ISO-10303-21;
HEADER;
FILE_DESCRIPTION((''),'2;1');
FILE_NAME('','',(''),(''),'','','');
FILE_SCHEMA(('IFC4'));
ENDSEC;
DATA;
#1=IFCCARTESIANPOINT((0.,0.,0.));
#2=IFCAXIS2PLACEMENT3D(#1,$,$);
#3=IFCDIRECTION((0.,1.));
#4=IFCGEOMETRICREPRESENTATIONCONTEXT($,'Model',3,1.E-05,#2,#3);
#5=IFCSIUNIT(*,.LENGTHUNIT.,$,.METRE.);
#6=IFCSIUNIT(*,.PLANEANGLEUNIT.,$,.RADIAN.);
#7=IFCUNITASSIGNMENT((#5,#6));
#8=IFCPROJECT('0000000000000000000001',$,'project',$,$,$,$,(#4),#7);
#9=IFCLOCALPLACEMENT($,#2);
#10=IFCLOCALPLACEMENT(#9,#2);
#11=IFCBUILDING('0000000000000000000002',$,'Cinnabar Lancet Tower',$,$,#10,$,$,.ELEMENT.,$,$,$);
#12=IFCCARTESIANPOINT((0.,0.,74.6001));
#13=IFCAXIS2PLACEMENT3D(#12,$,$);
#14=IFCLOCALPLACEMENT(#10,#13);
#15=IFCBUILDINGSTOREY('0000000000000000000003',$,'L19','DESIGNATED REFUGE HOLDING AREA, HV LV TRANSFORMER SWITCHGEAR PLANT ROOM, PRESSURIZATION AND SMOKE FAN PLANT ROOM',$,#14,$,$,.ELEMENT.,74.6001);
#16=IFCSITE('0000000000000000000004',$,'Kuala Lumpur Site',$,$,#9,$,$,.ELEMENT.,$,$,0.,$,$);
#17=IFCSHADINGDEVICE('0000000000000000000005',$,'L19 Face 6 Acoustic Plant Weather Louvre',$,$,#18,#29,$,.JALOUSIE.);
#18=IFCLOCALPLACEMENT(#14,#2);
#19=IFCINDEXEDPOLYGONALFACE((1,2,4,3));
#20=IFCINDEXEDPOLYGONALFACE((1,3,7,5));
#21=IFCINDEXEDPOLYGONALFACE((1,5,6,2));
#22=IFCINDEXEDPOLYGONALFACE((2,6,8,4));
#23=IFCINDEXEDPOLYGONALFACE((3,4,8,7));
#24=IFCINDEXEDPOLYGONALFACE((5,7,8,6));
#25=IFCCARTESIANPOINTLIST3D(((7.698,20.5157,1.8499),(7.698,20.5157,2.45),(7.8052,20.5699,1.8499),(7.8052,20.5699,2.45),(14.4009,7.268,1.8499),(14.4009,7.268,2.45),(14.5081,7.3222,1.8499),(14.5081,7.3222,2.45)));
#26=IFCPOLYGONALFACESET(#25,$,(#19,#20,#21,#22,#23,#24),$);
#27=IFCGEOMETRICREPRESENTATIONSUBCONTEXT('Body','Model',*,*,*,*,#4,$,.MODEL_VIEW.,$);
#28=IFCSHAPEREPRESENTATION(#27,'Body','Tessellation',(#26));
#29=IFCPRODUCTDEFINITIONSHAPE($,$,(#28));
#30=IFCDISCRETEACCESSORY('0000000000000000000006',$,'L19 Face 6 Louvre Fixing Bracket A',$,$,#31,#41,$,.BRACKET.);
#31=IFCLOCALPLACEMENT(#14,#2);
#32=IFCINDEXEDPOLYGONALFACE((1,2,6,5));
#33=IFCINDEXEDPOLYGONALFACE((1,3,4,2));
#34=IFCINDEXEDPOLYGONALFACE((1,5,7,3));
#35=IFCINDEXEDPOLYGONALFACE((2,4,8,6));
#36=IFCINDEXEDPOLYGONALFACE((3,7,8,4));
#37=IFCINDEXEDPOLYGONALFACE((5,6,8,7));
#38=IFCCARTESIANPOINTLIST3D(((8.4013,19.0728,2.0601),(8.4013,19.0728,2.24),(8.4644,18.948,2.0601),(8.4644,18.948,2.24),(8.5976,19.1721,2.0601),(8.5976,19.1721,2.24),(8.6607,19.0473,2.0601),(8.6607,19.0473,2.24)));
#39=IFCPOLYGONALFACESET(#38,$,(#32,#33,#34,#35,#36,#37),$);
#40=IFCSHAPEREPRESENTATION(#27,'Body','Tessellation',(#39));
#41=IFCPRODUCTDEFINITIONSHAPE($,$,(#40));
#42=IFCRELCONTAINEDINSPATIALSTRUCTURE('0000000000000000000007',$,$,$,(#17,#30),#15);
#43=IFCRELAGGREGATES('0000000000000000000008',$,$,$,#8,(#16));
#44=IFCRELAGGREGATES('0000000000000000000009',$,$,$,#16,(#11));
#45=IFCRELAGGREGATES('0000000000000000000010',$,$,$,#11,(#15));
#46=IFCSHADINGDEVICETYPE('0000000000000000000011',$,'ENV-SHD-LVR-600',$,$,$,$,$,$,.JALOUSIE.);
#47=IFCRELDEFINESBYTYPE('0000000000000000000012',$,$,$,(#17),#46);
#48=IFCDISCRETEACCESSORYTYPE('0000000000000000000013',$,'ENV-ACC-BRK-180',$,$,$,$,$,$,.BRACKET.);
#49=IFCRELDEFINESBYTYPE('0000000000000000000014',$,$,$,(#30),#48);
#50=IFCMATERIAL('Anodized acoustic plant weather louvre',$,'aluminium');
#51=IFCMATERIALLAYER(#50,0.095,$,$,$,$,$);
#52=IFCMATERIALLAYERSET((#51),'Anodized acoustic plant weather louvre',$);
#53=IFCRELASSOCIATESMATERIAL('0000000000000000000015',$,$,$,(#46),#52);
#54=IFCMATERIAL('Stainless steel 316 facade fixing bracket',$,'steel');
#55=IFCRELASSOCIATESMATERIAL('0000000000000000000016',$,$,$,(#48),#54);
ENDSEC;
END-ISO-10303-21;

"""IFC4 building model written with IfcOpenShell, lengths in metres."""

from ifc_helpers import new_model, si_unit, direction, frame, origin, origin_2d, place, context, subcontext, project, spatial, rectangle, extrude, material, layer, layer_set, type_object, element, save


model = new_model("IFC4")

# Units and contexts
model_context = context("Model", 3, precision=1e-05, world=origin(), true_north=direction((0.0, 1.0)))
body_context = subcontext(model_context, "Body", "Model", "MODEL_VIEW")
ifc_project = project(units=[si_unit("LENGTHUNIT", "METRE"), si_unit("PLANEANGLEUNIT", "RADIAN")], contexts=[model_context])

# Site, building, storey
site_placement = place(None, origin())
site = spatial("IfcSite", under=ifc_project, at=site_placement, Name="Kuala Lumpur Site", CompositionType="ELEMENT", RefElevation=0.0)
building_placement = place(site_placement, origin())
building = spatial("IfcBuilding", under=site, at=building_placement, Name="Cinnabar Lancet Tower", CompositionType="ELEMENT")
storey_placement = place(building_placement, frame((0.0, 0.0, 74.6001)))
storey = spatial("IfcBuildingStorey", under=building, at=storey_placement, Name="L19", Description="DESIGNATED REFUGE HOLDING AREA, HV LV TRANSFORMER SWITCHGEAR PLANT ROOM, PRESSURIZATION AND SMOKE FAN PLANT ROOM", CompositionType="ELEMENT", Elevation=74.6001)

# Shading device
ifc_material_1 = material(Name="Anodized acoustic plant weather louvre", Category="aluminium")
ifc_layer_1 = layer(ifc_material_1, 0.095)
ifc_layer_set_1 = layer_set([ifc_layer_1], Name="Anodized acoustic plant weather louvre")
shading_device_type = type_object("IfcShadingDeviceType", Name="ENV-SHD-LVR-600", PredefinedType="JALOUSIE", material=ifc_layer_set_1)
shading_device_placement = place(storey_placement, frame((11.103, 13.9189, 1.8499), z_axis=(0.0, 0.0, 1.0), x_axis=(0.451469, -0.892287, 0.0)))
element("IfcShadingDevice", 1, at=shading_device_placement, inside=storey, type_object=shading_device_type, Name="L19 Face 6 Acoustic Plant Weather Louvre", PredefinedType="JALOUSIE", context=body_context, shape_type="SweptSolid", body=[
    extrude(rectangle(XDim=14.8469, YDim=0.1201, at=origin_2d()), origin(), (0.0, 0.0, 1.0), 0.6001),
])

# Discrete accessory
ifc_material_2 = material(Name="Stainless steel 316 facade fixing bracket", Category="steel")
discrete_accessory_type = type_object("IfcDiscreteAccessoryType", Name="ENV-ACC-BRK-180", PredefinedType="BRACKET", material=ifc_material_2)
discrete_accessory_placement = place(storey_placement, frame((8.531, 19.0601, 2.0601), z_axis=(0.0, 0.0, 1.0), x_axis=(0.451469, -0.892287, 0.0)))
element("IfcDiscreteAccessory", 2, at=discrete_accessory_placement, inside=storey, type_object=discrete_accessory_type, Name="L19 Face 6 Louvre Fixing Bracket A", PredefinedType="BRACKET", context=body_context, shape_type="SweptSolid", body=[
    extrude(rectangle(XDim=0.1399, YDim=0.22, at=origin_2d()), origin(), (0.0, 0.0, 1.0), 0.1799),
])

save(model, "model.ifc")
